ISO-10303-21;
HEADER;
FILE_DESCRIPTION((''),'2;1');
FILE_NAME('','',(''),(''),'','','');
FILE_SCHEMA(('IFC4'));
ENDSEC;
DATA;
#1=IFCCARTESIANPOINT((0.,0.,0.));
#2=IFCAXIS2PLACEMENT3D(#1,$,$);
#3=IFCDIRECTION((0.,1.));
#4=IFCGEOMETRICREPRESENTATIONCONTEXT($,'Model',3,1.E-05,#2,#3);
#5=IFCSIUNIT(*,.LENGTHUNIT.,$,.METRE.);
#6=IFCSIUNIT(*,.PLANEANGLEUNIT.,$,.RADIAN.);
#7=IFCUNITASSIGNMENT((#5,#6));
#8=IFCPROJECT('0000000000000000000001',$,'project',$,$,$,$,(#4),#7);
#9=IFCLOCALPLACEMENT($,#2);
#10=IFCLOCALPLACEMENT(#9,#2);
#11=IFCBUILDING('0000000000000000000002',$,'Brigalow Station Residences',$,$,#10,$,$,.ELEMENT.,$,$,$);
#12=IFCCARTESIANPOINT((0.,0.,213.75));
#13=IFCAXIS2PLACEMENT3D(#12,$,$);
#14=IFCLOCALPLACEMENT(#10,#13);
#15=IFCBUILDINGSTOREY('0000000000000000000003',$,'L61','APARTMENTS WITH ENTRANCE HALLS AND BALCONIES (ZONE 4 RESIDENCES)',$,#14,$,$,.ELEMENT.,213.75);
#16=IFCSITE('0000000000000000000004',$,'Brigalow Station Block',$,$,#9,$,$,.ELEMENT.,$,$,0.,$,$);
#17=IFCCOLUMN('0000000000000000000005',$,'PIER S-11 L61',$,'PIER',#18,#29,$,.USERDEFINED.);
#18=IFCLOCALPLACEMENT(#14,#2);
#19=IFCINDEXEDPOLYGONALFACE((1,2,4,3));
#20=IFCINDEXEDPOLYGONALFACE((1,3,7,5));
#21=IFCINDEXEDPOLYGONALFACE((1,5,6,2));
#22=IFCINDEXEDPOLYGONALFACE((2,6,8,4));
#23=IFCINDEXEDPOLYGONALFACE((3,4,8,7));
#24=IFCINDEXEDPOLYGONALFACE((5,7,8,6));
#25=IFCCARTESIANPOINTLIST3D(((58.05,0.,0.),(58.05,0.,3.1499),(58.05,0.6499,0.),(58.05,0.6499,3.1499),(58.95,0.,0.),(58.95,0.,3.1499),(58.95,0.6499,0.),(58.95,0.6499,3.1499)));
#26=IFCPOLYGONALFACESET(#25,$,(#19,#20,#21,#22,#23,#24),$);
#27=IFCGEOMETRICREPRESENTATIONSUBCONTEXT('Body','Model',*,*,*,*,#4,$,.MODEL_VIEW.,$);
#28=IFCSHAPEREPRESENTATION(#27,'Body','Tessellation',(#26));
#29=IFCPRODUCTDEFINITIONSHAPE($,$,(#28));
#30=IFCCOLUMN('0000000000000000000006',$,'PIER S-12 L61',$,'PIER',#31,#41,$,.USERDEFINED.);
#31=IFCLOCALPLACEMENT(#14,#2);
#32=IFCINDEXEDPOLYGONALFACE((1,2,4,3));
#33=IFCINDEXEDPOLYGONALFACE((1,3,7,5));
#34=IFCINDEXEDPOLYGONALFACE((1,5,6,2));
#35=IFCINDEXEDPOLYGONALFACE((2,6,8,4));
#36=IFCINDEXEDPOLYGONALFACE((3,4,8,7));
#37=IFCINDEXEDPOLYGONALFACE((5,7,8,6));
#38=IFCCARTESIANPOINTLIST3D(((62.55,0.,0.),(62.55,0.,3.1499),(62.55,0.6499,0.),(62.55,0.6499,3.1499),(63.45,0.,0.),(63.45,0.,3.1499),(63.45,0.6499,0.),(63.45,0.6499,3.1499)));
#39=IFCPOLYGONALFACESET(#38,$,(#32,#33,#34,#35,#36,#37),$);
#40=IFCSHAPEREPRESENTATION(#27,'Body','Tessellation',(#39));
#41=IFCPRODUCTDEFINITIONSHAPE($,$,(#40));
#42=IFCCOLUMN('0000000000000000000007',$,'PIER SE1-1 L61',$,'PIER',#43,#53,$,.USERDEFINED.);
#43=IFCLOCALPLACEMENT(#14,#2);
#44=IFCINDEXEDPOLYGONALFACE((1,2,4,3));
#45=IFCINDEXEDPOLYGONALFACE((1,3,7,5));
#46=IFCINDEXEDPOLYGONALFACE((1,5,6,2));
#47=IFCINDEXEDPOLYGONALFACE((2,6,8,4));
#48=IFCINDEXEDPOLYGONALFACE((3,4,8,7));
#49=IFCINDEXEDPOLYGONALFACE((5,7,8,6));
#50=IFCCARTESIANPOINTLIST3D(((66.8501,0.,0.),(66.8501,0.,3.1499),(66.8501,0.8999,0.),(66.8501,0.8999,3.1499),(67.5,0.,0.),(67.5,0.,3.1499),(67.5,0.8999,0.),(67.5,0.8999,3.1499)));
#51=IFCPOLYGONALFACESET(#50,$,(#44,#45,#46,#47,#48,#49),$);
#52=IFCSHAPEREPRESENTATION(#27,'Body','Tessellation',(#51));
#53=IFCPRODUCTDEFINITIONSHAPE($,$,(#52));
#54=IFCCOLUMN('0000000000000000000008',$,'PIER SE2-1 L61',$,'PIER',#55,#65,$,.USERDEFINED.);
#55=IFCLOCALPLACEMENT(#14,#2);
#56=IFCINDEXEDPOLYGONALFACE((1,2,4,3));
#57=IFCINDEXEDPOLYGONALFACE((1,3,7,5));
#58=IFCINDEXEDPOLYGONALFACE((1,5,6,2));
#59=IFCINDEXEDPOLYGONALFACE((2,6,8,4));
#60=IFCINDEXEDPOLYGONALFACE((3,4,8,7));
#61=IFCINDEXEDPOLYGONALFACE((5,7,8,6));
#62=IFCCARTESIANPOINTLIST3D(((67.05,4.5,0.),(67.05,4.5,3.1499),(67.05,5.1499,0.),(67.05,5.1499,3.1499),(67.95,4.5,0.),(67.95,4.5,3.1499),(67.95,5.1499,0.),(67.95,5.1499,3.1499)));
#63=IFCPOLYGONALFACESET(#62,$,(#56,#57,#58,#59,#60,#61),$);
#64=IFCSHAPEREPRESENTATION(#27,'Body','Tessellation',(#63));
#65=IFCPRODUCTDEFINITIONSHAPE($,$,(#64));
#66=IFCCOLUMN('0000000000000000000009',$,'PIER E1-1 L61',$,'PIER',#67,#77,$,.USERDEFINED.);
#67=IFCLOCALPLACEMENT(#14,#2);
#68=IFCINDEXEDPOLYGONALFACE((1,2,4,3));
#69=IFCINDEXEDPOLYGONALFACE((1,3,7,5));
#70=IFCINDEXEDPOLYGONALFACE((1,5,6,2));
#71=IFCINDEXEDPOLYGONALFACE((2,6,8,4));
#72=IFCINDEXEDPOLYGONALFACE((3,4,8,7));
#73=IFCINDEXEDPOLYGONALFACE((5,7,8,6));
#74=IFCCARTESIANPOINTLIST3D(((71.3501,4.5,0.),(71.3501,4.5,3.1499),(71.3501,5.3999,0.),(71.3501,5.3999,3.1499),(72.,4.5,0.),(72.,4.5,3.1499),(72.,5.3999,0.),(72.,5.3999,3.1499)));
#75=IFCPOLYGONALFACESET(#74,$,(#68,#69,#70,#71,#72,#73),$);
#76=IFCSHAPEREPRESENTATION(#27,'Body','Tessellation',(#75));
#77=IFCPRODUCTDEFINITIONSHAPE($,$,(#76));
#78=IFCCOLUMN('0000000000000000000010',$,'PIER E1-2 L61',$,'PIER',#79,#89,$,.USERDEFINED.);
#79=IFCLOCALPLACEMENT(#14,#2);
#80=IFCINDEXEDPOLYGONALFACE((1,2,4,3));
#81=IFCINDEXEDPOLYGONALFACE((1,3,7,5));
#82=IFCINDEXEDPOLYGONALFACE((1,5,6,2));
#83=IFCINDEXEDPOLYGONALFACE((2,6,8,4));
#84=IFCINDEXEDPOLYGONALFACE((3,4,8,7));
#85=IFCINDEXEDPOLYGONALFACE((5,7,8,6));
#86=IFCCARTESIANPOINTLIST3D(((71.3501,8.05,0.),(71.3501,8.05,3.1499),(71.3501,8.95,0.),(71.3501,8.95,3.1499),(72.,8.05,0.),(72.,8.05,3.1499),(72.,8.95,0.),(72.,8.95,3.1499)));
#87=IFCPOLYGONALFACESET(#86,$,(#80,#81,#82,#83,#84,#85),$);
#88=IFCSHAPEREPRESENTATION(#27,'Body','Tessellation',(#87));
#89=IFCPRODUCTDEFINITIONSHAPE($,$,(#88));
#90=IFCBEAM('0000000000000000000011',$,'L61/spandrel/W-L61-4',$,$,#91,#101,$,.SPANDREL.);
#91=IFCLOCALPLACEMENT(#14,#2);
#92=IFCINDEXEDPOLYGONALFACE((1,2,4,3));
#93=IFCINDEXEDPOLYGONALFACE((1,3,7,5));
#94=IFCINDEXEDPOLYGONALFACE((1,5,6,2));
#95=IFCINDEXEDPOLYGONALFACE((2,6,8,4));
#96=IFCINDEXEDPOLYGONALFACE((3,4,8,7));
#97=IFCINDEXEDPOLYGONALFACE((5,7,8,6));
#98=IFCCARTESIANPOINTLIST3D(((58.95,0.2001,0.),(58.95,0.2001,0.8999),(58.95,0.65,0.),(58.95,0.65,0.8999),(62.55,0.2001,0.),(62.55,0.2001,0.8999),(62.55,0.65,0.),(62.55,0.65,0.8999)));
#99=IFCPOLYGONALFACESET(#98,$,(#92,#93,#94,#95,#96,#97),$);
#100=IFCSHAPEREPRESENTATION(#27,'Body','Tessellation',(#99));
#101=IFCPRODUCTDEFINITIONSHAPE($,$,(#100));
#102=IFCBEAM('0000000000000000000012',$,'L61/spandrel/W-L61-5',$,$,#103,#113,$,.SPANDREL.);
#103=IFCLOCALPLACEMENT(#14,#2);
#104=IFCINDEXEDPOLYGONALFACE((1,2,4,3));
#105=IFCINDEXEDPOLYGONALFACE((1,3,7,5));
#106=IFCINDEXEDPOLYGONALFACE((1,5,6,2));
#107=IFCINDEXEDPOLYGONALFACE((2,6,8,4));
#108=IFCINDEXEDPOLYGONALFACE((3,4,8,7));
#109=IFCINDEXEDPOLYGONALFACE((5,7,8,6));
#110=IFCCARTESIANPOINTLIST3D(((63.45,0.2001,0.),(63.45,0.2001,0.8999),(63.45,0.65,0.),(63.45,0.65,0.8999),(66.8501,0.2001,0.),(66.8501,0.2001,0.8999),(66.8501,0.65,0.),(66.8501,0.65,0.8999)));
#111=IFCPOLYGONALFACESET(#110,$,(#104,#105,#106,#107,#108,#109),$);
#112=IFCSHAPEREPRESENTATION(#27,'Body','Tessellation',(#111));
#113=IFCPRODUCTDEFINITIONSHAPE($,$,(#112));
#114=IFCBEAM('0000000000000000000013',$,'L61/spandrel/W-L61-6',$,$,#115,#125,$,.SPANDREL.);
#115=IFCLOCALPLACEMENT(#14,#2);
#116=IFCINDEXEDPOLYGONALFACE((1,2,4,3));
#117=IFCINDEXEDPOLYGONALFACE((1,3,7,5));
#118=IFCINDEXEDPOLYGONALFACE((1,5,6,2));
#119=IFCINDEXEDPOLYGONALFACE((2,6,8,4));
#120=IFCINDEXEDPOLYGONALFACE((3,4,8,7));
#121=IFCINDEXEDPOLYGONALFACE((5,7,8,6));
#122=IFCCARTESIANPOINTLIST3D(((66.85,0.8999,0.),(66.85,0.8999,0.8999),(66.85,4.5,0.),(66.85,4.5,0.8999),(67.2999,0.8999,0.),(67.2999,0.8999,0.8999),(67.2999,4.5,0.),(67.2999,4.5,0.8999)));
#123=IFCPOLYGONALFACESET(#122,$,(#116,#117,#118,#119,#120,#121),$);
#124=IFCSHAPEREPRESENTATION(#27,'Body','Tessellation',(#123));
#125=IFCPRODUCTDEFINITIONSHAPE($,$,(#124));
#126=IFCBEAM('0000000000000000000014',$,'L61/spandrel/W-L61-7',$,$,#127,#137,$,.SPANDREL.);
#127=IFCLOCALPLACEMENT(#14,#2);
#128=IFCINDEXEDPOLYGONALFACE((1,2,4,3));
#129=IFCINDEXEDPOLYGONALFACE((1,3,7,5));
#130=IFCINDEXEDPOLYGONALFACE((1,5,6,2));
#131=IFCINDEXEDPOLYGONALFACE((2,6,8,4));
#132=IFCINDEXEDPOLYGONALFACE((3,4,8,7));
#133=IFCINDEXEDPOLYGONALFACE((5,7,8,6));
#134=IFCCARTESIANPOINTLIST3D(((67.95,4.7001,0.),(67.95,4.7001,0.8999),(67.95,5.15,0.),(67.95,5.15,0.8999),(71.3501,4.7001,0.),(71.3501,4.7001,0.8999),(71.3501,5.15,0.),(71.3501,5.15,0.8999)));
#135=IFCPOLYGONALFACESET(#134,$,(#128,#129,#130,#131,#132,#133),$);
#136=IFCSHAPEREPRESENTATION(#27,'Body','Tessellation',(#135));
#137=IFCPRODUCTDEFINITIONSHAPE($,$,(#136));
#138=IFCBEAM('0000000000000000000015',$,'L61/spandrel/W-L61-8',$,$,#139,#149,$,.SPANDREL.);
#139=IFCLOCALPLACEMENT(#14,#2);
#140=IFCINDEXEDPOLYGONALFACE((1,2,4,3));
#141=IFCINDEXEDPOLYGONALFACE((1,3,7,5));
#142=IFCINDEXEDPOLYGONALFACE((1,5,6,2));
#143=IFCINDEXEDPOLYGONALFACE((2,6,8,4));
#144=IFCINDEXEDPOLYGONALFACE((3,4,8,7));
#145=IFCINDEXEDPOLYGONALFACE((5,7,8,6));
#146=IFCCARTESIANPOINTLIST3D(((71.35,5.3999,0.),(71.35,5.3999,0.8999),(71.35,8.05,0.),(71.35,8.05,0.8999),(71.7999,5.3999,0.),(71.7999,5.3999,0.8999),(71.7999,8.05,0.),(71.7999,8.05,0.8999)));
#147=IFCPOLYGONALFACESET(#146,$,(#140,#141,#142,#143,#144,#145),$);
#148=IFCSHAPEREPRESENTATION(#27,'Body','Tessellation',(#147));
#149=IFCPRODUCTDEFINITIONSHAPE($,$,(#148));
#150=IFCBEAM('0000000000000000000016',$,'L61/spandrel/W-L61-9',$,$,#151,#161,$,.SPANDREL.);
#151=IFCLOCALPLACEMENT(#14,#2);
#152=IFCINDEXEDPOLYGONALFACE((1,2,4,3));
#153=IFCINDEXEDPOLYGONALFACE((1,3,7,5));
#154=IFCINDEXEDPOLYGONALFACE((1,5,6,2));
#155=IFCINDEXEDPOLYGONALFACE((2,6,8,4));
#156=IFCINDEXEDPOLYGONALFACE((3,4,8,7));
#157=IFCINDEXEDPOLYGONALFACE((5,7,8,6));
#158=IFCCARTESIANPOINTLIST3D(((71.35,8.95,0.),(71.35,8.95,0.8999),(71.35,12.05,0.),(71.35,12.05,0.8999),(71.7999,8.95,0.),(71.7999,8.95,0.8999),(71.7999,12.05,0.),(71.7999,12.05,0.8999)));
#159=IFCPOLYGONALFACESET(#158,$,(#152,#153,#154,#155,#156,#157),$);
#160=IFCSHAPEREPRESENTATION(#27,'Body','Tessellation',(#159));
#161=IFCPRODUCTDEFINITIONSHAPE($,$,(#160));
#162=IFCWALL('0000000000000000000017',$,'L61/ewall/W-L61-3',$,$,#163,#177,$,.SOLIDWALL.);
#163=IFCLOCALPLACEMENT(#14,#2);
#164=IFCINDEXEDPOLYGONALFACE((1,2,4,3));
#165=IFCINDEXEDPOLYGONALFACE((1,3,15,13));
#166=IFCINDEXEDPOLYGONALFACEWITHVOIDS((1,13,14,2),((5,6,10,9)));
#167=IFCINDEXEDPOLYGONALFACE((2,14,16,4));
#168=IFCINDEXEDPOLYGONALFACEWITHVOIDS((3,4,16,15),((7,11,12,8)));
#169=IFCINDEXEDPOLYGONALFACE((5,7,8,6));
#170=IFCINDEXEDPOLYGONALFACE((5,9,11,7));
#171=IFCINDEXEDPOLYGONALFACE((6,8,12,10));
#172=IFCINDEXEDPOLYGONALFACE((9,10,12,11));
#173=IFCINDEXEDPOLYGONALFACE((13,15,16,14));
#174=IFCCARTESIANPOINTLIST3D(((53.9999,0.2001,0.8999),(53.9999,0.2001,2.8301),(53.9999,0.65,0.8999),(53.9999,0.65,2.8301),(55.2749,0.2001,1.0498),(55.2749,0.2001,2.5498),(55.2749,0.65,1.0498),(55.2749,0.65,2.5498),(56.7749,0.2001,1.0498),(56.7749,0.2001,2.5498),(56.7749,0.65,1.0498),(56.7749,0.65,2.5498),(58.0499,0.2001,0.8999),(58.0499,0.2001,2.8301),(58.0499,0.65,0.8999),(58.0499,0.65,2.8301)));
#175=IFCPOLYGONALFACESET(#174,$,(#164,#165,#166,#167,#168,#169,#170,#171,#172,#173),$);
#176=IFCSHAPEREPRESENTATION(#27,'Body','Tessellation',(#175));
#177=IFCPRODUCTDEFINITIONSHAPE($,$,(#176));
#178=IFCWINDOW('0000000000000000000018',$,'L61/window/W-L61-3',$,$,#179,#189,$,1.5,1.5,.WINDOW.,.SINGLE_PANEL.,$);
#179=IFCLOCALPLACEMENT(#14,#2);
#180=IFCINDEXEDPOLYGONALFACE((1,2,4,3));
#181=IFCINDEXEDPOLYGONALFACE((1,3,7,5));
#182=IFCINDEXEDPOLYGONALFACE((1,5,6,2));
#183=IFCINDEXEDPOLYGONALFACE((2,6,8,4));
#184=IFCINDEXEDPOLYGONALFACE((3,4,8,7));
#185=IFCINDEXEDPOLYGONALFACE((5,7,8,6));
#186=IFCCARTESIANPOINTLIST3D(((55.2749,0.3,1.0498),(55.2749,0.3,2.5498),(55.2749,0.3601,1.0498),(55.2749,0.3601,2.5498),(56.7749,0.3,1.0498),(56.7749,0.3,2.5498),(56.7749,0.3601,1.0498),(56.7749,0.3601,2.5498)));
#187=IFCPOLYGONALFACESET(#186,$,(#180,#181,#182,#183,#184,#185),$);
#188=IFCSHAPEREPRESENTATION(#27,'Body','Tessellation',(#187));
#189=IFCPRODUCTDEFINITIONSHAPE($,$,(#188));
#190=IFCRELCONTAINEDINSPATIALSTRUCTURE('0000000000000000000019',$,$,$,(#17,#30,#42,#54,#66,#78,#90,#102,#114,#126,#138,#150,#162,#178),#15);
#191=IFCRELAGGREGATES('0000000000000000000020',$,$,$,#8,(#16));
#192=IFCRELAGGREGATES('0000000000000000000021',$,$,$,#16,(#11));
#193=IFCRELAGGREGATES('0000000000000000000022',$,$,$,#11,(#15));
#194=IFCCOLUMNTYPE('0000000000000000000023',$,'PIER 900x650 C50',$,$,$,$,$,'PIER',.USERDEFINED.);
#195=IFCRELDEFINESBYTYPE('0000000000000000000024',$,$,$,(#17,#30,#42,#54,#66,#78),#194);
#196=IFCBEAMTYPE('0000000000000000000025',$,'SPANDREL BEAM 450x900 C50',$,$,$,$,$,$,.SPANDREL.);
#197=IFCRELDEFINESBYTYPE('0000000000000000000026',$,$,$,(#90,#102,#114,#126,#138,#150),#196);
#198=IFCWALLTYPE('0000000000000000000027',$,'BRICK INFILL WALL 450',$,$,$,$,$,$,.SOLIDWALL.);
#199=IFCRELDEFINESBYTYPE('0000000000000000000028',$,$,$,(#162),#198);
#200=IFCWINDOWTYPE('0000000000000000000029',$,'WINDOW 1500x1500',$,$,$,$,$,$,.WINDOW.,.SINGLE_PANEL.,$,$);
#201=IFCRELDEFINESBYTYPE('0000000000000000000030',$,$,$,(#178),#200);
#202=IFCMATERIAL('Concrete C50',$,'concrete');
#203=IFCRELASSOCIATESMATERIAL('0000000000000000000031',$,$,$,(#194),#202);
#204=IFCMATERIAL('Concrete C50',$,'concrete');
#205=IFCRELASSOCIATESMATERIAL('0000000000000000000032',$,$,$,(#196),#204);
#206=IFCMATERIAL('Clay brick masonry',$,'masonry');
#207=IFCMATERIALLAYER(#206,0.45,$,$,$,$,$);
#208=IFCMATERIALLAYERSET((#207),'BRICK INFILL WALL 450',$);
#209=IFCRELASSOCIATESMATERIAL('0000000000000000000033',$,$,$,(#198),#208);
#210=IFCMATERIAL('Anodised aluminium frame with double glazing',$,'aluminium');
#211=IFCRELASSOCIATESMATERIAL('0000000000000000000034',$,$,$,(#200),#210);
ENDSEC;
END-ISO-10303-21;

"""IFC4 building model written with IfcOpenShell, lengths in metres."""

from ifc_helpers import new_model, si_unit, direction, frame, frame_2d, origin, origin_2d, place, context, subcontext, project, spatial, rectangle, extrude, material, layer, layer_set, material_profile, profile_set, type_object, element, fill, save


model = new_model("IFC4")

# Units and contexts
model_context = context("Model", 3, precision=1e-05, world=origin(), true_north=direction((0.0, 1.0)))
body_context = subcontext(model_context, "Body", "Model", "MODEL_VIEW")
ifc_project = project(units=[si_unit("LENGTHUNIT", "METRE"), si_unit("PLANEANGLEUNIT", "RADIAN")], contexts=[model_context])

# Site, building, storey
site_placement = place(None, origin())
site = spatial("IfcSite", under=ifc_project, at=site_placement, Name="Brigalow Station Block", CompositionType="ELEMENT", RefElevation=0.0)
building_placement = place(site_placement, origin())
building = spatial("IfcBuilding", under=site, at=building_placement, Name="Brigalow Station Residences", CompositionType="ELEMENT")
storey_placement = place(building_placement, frame((0.0, 0.0, 213.75)))
storey = spatial("IfcBuildingStorey", under=building, at=storey_placement, Name="L61", Description="APARTMENTS WITH ENTRANCE HALLS AND BALCONIES (ZONE 4 RESIDENCES)", CompositionType="ELEMENT", Elevation=213.75)

# Columns
ifc_material_1 = material(Name="Concrete C50", Category="concrete")
ifc_material_profile_1 = material_profile(ifc_material_1, rectangle(XDim=0.8999, YDim=0.6499, at=origin_2d()), Name="RC900x650")
ifc_profile_set_1 = profile_set([ifc_material_profile_1], Name="Concrete C50")
column_type = type_object("IfcColumnType", Name="PIER 900x650 C50", ElementType="PIER", PredefinedType="USERDEFINED", material=ifc_profile_set_1)
for number, where, z_axis, x_axis, name in (
    (1, (58.5, 0.325, 0.0), (0.0, 0.0, 1.0), (1.0, 0.0, 0.0), "PIER S-11 L61"),
    (2, (63.0, 0.325, 0.0), (0.0, 0.0, 1.0), (1.0, 0.0, 0.0), "PIER S-12 L61"),
    (3, (67.175, 0.45, 0.0), (0.0, 0.0, 1.0), (0.0, 1.0, 0.0), "PIER SE1-1 L61"),
    (4, (67.5, 4.825, 0.0), (0.0, 0.0, 1.0), (1.0, 0.0, 0.0), "PIER SE2-1 L61"),
    (5, (71.675, 4.95, 0.0), (0.0, 0.0, 1.0), (0.0, 1.0, 0.0), "PIER E1-1 L61"),
    (6, (71.675, 8.5, 0.0), (0.0, 0.0, 1.0), (0.0, 1.0, 0.0), "PIER E1-2 L61"),
):
    element("IfcColumn", number, at=place(storey_placement, frame(where, z_axis=z_axis, x_axis=x_axis)), inside=storey, type_object=column_type, Name=name, ObjectType="PIER", PredefinedType="USERDEFINED", context=body_context, shape_type="SweptSolid", body=[
        extrude(rectangle(XDim=0.8999, YDim=0.6499, at=origin_2d()), origin(), (0.0, 0.0, 1.0), 3.1499),
    ])

# Beams
ifc_material_2 = material(Name="Concrete C50", Category="concrete")
ifc_material_profile_2 = material_profile(ifc_material_2, rectangle(XDim=0.45, YDim=0.8999, at=origin_2d()), Name="RC450x900")
ifc_profile_set_2 = profile_set([ifc_material_profile_2], Name="Concrete C50")
beam_type = type_object("IfcBeamType", Name="SPANDREL BEAM 450x900 C50", PredefinedType="SPANDREL", material=ifc_profile_set_2)
beam_1_placement = place(storey_placement, frame((58.95, 0.425, 0.45), z_axis=(1.0, 0.0, 0.0), x_axis=(0.0, 1.0, 0.0)))
element("IfcBeam", 7, at=beam_1_placement, inside=storey, type_object=beam_type, Name="L61/spandrel/W-L61-4", PredefinedType="SPANDREL", context=body_context, shape_type="SweptSolid", body=[
    extrude(rectangle(XDim=0.45, YDim=0.8999, at=origin_2d()), origin(), (0.0, 0.0, 1.0), 3.6001),
])
beam_2_placement = place(storey_placement, frame((63.45, 0.425, 0.45), z_axis=(1.0, 0.0, 0.0), x_axis=(0.0, 1.0, 0.0)))
element("IfcBeam", 8, at=beam_2_placement, inside=storey, type_object=beam_type, Name="L61/spandrel/W-L61-5", PredefinedType="SPANDREL", context=body_context, shape_type="SweptSolid", body=[
    extrude(rectangle(XDim=0.45, YDim=0.8999, at=origin_2d()), origin(), (0.0, 0.0, 1.0), 3.4001),
])
beam_3_placement = place(storey_placement, frame((67.075, 0.8999, 0.45), z_axis=(0.0, 1.0, 0.0), x_axis=(-1.0, 0.0, 0.0)))
element("IfcBeam", 9, at=beam_3_placement, inside=storey, type_object=beam_type, Name="L61/spandrel/W-L61-6", PredefinedType="SPANDREL", context=body_context, shape_type="SweptSolid", body=[
    extrude(rectangle(XDim=0.45, YDim=0.8999, at=origin_2d()), origin(), (0.0, 0.0, 1.0), 3.6001),
])
beam_4_placement = place(storey_placement, frame((67.95, 4.925, 0.45), z_axis=(1.0, 0.0, 0.0), x_axis=(0.0, 1.0, 0.0)))
element("IfcBeam", 10, at=beam_4_placement, inside=storey, type_object=beam_type, Name="L61/spandrel/W-L61-7", PredefinedType="SPANDREL", context=body_context, shape_type="SweptSolid", body=[
    extrude(rectangle(XDim=0.45, YDim=0.8999, at=origin_2d()), origin(), (0.0, 0.0, 1.0), 3.4001),
])
beam_5_placement = place(storey_placement, frame((71.575, 5.3999, 0.45), z_axis=(0.0, 1.0, 0.0), x_axis=(-1.0, 0.0, 0.0)))
element("IfcBeam", 11, at=beam_5_placement, inside=storey, type_object=beam_type, Name="L61/spandrel/W-L61-8", PredefinedType="SPANDREL", context=body_context, shape_type="SweptSolid", body=[
    extrude(rectangle(XDim=0.45, YDim=0.8999, at=origin_2d()), origin(), (0.0, 0.0, 1.0), 2.6501),
])
beam_6_placement = place(storey_placement, frame((71.575, 8.95, 0.45), z_axis=(0.0, 1.0, 0.0), x_axis=(-1.0, 0.0, 0.0)))
element("IfcBeam", 12, at=beam_6_placement, inside=storey, type_object=beam_type, Name="L61/spandrel/W-L61-9", PredefinedType="SPANDREL", context=body_context, shape_type="SweptSolid", body=[
    extrude(rectangle(XDim=0.45, YDim=0.8999, at=origin_2d()), origin(), (0.0, 0.0, 1.0), 3.1001),
])

# Wall, opening, window
ifc_material_3 = material(Name="Clay brick masonry", Category="masonry")
ifc_layer_1 = layer(ifc_material_3, 0.45)
ifc_layer_set_1 = layer_set([ifc_layer_1], Name="BRICK INFILL WALL 450")
wall_type_1 = type_object("IfcWallType", Name="BRICK INFILL WALL 450", PredefinedType="SOLIDWALL", material=ifc_layer_set_1)
wall_1_placement = place(storey_placement, frame((54.0, 0.425, 0.8999), z_axis=(0.0, 0.0, 1.0), x_axis=(1.0, 0.0, 0.0)))
wall_1 = element("IfcWall", 13, at=wall_1_placement, inside=storey, type_object=wall_type_1, Name="L61/ewall/W-L61-3", PredefinedType="SOLIDWALL", context=body_context, shape_type="SweptSolid", body=[
    extrude(rectangle(XDim=4.05, YDim=0.45, at=frame_2d((2.0249, 0.0))), origin(), (0.0, 0.0, 1.0), 1.9302),
])
opening_1_placement = place(wall_1_placement, frame((1.2749, 0.0, 0.1499)))
opening_1 = element("IfcOpeningElement", 14, at=opening_1_placement, cuts=wall_1, PredefinedType="OPENING", context=body_context, shape_type="SweptSolid", body=[
    extrude(rectangle(XDim=1.5, YDim=1.5, at=frame_2d((0.75, 0.75))), frame((0.0, 0.2349, 0.0), z_axis=(0.0, -1.0, 0.0), x_axis=(1.0, 0.0, 0.0)), (0.0, 0.0, 1.0), 0.47),
])
ifc_material_4 = material(Name="Anodised aluminium frame with double glazing", Category="aluminium")
window_type_1 = type_object("IfcWindowType", Name="WINDOW 1500x1500", PartitioningType="SINGLE_PANEL", PredefinedType="WINDOW", material=ifc_material_4)
window_1_placement = place(opening_1_placement, origin())
window_1 = element("IfcWindow", 15, at=window_1_placement, inside=storey, type_object=window_type_1, Name="L61/window/W-L61-3", OverallHeight=1.5, OverallWidth=1.5, PartitioningType="SINGLE_PANEL", PredefinedType="WINDOW", context=body_context, shape_type="SweptSolid", body=[
    extrude(rectangle(XDim=1.5, YDim=1.5, at=frame_2d((0.75, 0.75))), frame((0.0, -0.0649, 0.0), z_axis=(0.0, -1.0, 0.0), x_axis=(1.0, 0.0, 0.0)), (0.0, 0.0, 1.0), 0.0601),
])
fill(opening_1, window_1)

save(model, "model.ifc")
